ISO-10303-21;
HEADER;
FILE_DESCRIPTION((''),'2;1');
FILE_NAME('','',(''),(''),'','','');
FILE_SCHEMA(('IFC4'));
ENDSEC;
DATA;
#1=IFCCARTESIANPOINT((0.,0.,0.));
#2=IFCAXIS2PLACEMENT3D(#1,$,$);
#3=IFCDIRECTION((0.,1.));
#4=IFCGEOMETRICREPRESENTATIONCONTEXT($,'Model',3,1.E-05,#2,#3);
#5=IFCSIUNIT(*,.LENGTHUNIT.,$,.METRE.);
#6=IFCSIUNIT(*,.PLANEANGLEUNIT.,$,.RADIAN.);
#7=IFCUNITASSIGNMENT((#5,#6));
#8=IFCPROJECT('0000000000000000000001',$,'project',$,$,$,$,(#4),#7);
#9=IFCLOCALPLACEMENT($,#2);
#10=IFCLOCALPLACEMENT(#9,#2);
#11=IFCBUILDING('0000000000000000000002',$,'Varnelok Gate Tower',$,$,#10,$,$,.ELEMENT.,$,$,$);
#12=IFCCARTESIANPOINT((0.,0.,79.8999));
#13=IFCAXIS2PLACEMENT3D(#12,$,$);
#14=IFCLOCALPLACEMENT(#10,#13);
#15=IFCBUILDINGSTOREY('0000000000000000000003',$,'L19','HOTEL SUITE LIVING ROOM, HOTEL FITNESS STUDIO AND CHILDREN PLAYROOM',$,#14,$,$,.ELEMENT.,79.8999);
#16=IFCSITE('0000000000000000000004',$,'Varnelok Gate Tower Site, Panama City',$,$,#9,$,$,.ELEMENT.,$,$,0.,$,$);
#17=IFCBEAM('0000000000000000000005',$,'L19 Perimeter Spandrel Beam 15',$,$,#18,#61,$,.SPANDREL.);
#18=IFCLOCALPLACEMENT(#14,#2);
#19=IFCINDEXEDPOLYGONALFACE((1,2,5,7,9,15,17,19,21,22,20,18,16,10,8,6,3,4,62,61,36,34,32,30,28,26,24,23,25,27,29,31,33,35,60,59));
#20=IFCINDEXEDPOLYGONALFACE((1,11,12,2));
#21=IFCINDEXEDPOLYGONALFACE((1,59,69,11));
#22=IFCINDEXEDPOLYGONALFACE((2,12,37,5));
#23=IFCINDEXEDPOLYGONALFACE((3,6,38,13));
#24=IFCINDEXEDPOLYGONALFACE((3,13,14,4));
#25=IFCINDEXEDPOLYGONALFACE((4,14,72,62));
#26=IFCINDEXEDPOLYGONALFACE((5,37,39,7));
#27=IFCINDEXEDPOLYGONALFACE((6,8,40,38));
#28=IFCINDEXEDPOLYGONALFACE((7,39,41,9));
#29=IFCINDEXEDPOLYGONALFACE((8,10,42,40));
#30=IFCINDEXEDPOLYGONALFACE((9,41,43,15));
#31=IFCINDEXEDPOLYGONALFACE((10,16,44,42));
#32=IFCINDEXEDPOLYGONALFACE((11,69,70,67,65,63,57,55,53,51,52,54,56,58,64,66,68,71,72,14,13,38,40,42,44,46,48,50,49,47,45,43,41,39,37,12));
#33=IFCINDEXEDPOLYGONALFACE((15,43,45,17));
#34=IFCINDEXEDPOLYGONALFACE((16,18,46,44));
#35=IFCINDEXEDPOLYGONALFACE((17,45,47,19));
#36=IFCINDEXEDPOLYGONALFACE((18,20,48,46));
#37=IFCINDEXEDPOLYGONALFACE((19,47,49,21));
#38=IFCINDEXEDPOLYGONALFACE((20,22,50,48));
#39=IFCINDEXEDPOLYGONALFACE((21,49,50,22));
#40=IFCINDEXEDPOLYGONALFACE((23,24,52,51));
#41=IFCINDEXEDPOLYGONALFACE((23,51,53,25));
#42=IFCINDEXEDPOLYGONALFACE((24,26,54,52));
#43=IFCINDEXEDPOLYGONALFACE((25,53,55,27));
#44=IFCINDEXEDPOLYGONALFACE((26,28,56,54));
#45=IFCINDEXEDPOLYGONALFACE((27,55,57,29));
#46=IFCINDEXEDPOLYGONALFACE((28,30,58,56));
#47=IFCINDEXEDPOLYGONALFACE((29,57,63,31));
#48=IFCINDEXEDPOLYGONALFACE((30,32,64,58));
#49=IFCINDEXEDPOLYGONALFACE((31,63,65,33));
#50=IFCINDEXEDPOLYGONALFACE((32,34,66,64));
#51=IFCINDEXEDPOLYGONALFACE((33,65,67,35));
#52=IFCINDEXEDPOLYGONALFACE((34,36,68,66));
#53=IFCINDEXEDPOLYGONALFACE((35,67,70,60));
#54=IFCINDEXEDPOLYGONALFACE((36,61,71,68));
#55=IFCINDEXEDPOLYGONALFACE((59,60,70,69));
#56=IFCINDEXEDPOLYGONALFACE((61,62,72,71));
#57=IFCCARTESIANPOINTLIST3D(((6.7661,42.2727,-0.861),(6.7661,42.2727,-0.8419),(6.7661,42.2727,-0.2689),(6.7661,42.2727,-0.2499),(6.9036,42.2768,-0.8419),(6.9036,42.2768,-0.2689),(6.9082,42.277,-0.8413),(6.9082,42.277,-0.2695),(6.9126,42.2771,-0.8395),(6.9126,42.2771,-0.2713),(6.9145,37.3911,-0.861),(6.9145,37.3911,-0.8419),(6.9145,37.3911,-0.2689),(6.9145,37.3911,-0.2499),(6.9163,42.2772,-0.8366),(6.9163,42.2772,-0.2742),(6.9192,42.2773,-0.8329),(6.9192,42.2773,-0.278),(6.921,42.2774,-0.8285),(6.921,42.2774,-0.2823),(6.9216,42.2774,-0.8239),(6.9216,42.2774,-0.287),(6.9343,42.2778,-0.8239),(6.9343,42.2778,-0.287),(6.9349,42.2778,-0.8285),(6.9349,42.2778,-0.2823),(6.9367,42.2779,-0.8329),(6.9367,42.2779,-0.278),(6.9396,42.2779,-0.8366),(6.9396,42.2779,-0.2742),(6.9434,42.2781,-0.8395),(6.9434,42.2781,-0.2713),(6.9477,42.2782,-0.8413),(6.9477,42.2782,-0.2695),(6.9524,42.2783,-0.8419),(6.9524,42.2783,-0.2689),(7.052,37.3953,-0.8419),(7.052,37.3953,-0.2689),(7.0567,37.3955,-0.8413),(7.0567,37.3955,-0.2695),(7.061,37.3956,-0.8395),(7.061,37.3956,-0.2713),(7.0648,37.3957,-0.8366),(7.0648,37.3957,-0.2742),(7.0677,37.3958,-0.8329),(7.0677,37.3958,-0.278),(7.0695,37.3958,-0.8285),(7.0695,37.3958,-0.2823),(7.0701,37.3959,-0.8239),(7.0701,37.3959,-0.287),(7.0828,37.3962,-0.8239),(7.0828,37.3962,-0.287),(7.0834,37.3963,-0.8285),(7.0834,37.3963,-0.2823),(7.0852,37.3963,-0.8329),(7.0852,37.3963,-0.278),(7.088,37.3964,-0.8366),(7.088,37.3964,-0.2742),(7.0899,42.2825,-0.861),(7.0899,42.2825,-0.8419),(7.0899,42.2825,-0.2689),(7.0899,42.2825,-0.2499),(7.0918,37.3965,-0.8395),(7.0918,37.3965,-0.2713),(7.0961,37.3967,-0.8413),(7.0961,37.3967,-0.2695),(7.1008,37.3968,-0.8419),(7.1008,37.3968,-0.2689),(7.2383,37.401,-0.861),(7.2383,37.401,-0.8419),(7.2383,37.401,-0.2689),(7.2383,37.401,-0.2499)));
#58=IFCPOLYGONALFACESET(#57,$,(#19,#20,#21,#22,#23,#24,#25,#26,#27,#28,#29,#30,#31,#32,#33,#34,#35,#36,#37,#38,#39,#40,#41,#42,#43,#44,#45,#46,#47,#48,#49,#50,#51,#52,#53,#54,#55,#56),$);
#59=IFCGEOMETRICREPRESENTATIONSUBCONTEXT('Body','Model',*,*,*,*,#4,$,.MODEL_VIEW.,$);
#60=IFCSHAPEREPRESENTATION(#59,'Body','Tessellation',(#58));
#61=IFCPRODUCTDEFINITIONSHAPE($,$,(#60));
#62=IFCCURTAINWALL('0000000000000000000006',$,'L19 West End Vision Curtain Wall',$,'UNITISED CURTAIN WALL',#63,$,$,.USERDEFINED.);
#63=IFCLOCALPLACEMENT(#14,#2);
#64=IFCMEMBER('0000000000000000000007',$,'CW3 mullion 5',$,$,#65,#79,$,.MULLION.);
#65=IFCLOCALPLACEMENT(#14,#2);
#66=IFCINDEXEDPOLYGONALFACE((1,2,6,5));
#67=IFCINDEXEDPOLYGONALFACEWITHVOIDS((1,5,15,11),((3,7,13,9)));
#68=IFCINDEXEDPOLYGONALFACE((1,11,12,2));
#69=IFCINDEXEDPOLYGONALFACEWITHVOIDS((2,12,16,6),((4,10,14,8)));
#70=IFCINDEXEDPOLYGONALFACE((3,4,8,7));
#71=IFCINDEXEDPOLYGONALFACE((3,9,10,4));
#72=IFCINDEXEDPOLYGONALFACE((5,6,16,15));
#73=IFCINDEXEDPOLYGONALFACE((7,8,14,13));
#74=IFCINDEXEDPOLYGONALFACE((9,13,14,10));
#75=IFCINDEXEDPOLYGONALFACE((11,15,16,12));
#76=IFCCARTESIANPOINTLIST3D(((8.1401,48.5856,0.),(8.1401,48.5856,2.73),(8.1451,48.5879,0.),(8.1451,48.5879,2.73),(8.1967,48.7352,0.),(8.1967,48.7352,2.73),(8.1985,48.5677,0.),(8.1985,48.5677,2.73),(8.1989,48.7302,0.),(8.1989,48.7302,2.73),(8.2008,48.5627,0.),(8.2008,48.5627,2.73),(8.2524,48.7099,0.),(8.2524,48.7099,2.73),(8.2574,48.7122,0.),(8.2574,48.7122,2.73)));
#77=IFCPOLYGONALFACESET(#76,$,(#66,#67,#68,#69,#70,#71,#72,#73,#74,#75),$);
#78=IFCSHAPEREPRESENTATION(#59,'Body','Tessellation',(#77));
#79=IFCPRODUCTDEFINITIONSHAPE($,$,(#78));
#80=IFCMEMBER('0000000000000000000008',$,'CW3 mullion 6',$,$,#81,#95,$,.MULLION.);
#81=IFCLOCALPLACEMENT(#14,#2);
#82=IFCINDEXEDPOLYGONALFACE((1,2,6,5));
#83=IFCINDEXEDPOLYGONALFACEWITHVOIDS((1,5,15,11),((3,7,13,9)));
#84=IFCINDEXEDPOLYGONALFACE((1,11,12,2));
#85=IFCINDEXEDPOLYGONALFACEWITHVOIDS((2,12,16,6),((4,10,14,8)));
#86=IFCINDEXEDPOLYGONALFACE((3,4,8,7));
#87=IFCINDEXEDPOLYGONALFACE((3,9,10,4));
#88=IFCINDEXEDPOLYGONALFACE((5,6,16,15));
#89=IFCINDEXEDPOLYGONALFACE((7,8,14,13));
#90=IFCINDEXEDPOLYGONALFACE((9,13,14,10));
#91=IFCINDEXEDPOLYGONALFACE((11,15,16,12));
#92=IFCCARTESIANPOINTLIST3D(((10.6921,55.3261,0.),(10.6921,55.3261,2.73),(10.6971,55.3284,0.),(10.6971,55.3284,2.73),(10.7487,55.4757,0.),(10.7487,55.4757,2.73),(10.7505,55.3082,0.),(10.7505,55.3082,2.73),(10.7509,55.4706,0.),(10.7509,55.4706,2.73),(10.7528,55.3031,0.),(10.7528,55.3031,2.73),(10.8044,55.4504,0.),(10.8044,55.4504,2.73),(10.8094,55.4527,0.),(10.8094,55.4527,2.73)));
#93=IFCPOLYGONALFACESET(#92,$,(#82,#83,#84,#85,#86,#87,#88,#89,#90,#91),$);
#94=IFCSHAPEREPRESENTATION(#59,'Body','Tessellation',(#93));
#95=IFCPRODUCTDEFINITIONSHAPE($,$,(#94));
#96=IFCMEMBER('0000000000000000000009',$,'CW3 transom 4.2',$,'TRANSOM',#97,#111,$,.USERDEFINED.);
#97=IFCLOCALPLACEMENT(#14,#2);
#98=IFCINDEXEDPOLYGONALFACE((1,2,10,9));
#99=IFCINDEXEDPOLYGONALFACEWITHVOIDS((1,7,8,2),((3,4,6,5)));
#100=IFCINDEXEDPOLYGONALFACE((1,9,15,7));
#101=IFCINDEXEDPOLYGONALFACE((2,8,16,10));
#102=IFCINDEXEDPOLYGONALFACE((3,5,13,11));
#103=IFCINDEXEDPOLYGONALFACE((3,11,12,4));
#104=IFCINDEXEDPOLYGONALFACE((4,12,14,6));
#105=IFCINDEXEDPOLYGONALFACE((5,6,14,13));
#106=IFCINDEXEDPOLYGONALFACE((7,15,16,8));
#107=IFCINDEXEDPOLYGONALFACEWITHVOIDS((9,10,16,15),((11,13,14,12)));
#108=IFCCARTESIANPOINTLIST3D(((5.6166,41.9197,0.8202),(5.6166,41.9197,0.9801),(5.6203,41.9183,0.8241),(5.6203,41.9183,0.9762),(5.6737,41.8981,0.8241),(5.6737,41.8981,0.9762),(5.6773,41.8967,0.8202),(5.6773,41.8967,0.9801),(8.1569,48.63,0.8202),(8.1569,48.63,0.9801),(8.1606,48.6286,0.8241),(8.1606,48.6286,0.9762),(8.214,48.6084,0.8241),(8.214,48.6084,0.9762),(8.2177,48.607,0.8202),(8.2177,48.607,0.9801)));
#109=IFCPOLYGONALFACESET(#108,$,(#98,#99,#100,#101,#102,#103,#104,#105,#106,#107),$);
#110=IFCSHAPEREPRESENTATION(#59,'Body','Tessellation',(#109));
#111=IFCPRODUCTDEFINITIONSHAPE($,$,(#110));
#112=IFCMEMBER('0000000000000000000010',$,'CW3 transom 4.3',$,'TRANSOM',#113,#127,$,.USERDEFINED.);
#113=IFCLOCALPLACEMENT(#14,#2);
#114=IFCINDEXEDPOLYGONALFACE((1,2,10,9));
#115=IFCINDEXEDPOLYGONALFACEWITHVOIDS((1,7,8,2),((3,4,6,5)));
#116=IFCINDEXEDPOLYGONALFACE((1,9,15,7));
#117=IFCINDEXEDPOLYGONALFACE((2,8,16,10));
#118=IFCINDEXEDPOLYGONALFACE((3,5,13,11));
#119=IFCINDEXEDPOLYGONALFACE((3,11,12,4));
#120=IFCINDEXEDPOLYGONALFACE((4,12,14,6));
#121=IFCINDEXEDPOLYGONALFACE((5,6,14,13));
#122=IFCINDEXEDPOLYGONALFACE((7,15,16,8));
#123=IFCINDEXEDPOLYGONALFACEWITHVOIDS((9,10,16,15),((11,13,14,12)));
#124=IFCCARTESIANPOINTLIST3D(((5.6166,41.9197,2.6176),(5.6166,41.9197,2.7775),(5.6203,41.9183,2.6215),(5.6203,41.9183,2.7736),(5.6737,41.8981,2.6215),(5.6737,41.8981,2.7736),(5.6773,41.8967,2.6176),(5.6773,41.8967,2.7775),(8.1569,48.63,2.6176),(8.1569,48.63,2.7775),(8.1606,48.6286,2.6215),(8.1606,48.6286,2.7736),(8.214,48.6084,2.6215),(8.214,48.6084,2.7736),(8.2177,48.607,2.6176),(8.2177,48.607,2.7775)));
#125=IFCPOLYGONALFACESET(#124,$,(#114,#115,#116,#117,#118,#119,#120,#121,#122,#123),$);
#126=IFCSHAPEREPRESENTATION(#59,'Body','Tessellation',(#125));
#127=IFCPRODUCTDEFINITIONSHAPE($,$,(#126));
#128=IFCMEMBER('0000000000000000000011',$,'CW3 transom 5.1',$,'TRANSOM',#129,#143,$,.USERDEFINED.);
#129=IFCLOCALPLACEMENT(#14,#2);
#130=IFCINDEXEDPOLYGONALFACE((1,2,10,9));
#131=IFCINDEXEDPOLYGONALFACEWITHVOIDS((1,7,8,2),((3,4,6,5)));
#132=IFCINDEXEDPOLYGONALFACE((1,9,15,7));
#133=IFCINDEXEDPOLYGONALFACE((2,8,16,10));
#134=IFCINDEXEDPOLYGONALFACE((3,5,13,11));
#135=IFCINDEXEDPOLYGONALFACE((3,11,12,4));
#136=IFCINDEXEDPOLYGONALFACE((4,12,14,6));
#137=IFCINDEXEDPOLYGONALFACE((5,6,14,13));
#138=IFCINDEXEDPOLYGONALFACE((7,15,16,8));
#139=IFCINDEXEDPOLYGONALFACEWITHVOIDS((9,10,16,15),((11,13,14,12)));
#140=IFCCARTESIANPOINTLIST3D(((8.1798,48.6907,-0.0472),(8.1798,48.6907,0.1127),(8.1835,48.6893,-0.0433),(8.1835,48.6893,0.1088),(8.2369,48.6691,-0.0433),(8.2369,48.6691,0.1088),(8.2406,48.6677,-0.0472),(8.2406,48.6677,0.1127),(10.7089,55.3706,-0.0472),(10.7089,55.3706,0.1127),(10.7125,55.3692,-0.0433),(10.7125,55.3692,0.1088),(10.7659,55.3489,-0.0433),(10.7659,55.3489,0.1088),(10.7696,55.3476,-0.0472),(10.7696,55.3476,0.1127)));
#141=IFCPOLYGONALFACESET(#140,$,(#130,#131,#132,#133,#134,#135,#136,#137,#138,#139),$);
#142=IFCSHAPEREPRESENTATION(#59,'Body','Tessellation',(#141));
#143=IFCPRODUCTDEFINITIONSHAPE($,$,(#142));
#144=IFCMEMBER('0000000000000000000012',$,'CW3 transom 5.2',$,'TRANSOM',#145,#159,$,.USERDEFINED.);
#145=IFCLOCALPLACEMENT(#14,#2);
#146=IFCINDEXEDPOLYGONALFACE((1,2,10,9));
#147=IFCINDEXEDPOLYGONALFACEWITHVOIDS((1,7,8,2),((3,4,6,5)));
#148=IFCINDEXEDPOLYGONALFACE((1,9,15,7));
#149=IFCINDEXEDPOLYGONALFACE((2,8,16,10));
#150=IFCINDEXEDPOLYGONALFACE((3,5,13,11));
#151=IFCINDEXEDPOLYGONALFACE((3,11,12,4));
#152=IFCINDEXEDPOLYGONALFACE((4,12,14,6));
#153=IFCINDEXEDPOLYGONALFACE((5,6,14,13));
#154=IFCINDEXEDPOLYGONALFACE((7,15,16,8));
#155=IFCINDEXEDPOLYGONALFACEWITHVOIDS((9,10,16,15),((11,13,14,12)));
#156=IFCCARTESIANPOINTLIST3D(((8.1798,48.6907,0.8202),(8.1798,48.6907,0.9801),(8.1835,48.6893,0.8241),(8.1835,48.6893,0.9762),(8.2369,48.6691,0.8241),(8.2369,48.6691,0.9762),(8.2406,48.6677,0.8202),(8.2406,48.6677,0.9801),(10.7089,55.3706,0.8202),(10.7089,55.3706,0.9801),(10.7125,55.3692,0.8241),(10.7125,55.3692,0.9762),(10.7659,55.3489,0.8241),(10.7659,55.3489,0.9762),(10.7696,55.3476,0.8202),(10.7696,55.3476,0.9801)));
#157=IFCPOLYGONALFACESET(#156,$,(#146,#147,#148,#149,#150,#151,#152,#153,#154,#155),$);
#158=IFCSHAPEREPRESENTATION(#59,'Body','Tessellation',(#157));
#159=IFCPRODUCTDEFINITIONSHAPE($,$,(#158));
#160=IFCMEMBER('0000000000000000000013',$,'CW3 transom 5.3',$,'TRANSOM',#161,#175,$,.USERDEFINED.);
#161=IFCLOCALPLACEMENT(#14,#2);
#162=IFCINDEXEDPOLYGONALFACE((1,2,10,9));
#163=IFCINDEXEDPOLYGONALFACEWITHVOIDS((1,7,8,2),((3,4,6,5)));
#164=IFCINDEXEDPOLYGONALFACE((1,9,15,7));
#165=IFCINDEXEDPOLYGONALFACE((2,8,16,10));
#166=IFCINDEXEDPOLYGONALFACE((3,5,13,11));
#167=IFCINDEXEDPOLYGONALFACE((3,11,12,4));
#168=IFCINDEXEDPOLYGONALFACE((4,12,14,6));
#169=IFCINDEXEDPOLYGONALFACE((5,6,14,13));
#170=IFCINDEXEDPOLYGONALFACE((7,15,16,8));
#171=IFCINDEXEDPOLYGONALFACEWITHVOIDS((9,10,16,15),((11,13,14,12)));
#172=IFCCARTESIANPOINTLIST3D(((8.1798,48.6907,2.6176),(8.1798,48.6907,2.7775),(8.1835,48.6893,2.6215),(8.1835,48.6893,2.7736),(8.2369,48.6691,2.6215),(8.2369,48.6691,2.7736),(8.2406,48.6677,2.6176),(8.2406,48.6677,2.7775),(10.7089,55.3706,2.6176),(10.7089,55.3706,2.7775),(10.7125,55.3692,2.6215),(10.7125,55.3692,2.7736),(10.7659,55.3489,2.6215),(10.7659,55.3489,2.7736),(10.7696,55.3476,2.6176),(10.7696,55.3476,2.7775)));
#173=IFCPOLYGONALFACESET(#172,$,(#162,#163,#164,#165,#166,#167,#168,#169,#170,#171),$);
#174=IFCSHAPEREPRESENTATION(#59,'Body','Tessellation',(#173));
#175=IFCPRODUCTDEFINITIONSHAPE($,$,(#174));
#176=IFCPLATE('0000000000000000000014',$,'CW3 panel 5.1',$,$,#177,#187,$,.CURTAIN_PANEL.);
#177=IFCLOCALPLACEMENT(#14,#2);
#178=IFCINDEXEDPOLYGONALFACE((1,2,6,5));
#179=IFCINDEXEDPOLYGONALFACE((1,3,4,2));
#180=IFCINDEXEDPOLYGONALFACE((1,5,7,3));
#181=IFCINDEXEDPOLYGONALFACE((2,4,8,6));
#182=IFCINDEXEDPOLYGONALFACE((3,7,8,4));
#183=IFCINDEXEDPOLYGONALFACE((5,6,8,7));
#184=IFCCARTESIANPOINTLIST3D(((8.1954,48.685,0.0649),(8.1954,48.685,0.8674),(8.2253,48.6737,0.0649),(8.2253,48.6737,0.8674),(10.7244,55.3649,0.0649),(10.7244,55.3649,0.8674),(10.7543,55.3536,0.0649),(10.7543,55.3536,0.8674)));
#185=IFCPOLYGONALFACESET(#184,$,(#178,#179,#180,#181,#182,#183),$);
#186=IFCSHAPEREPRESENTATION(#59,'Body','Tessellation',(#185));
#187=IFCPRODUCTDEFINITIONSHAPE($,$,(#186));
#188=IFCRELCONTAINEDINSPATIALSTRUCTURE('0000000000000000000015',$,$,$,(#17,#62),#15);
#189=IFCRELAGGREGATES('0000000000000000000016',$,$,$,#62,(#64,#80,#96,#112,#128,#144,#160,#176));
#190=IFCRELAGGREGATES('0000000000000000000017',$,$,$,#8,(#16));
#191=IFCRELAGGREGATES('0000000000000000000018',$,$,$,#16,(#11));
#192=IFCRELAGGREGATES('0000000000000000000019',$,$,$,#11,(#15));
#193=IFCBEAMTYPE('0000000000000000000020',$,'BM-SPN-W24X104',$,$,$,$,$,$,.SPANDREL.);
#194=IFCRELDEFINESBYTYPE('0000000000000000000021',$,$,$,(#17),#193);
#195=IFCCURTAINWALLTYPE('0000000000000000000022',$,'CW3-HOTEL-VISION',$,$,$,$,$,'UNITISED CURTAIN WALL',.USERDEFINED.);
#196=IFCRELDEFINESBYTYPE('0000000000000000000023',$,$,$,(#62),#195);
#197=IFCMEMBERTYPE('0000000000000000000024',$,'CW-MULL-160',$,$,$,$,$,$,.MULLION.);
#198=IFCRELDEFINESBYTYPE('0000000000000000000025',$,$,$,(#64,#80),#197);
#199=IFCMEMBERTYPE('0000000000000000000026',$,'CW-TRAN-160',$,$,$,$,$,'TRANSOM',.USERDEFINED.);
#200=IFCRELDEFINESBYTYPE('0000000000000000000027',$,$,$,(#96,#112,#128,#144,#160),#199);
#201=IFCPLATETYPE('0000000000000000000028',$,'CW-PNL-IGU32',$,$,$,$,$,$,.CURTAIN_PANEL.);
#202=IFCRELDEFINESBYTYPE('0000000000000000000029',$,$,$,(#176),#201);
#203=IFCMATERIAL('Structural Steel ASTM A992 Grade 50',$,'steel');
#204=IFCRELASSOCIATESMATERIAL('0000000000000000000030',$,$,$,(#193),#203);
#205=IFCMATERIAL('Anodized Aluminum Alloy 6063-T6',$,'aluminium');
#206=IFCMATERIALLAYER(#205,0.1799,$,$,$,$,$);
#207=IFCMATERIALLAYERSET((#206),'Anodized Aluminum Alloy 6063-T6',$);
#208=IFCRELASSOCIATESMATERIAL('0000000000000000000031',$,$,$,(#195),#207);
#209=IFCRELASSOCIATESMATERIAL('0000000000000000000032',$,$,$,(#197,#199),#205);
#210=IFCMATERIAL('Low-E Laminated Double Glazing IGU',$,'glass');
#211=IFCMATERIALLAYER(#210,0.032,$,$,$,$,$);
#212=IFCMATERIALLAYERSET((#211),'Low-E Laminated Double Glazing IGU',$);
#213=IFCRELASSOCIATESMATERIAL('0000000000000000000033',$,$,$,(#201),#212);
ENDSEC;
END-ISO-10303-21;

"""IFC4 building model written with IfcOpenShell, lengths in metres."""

from ifc_helpers import new_model, si_unit, direction, frame, origin, origin_2d, place, context, subcontext, project, spatial, rectangle, hollow_rectangle, i_section, extrude, source, transform, mapped, material, layer, layer_set, material_profile, profile_set, type_object, element, aggregate, save


model = new_model("IFC4")

# Units and contexts
model_context = context("Model", 3, precision=1e-05, world=origin(), true_north=direction((0.0, 1.0)))
body_context = subcontext(model_context, "Body", "Model", "MODEL_VIEW")
ifc_project = project(units=[si_unit("LENGTHUNIT", "METRE"), si_unit("PLANEANGLEUNIT", "RADIAN")], contexts=[model_context])

# Site, building, storey
site_placement = place(None, origin())
site = spatial("IfcSite", under=ifc_project, at=site_placement, Name="Varnelok Gate Tower Site, Panama City", CompositionType="ELEMENT", RefElevation=0.0)
building_placement = place(site_placement, origin())
building = spatial("IfcBuilding", under=site, at=building_placement, Name="Varnelok Gate Tower", CompositionType="ELEMENT")
storey_placement = place(building_placement, frame((0.0, 0.0, 79.8999)))
storey = spatial("IfcBuildingStorey", under=building, at=storey_placement, Name="L19", Description="HOTEL SUITE LIVING ROOM, HOTEL FITNESS STUDIO AND CHILDREN PLAYROOM", CompositionType="ELEMENT", Elevation=79.8999)

# Shared definitions
ifc_material_1 = material(Name="Structural Steel ASTM A992 Grade 50", Category="steel")

# Beam
ifc_material_profile_1 = material_profile(ifc_material_1, i_section(OverallWidth=0.324, OverallDepth=0.6111, WebThickness=0.0127, FlangeThickness=0.019, FilletRadius=0.0181, at=origin_2d()), Name="W24X104")
ifc_profile_set_1 = profile_set([ifc_material_profile_1], Name="Structural Steel ASTM A992 Grade 50")
beam_type_1 = type_object("IfcBeamType", Name="BM-SPN-W24X104", PredefinedType="SPANDREL", material=ifc_profile_set_1)
beam_1_placement = place(storey_placement, frame((6.928, 42.2776, -0.5554), z_axis=(0.030394, -0.999538, 0.0), x_axis=(0.999538, 0.030394, 0.0)))
element("IfcBeam", 1, at=beam_1_placement, inside=storey, type_object=beam_type_1, Name="L19 Perimeter Spandrel Beam 15", PredefinedType="SPANDREL", context=body_context, shape_type="SweptSolid", body=[
    extrude(i_section(OverallWidth=0.324, OverallDepth=0.6111, WebThickness=0.0127, FlangeThickness=0.019, FilletRadius=0.0181, at=origin_2d()), origin(), (0.0, 0.0, 1.0), 4.8838),
])

# Curtain wall, members, plate
ifc_material_2 = material(Name="Anodized Aluminum Alloy 6063-T6", Category="aluminium")
ifc_layer_1 = layer(ifc_material_2, 0.1799)
ifc_layer_set_1 = layer_set([ifc_layer_1], Name="Anodized Aluminum Alloy 6063-T6")
curtain_wall_type = type_object("IfcCurtainWallType", Name="CW3-HOTEL-VISION", ElementType="UNITISED CURTAIN WALL", PredefinedType="USERDEFINED", material=ifc_layer_set_1)
curtain_wall_placement = place(storey_placement, origin())
curtain_wall = element("IfcCurtainWall", 2, at=curtain_wall_placement, inside=storey, type_object=curtain_wall_type, Name="L19 West End Vision Curtain Wall", ObjectType="UNITISED CURTAIN WALL", PredefinedType="USERDEFINED")
ifc_material_profile_2 = material_profile(ifc_material_2, hollow_rectangle(XDim=0.0649, YDim=0.1599, WallThickness=0.0039, at=origin_2d()), Name="ALU160X65X4")
ifc_profile_set_2 = profile_set([ifc_material_profile_2], Name="Anodized Aluminum Alloy 6063-T6")
member_type_1 = type_object("IfcMemberType", Name="CW-MULL-160", PredefinedType="MULLION", material=ifc_profile_set_2)
member_1_placement = place(storey_placement, frame((8.1987, 48.6489, 0.0), z_axis=(0.0, 0.0, 1.0), x_axis=(-0.935221, 0.354064, 0.0)))
member_1 = element("IfcMember", 3, at=member_1_placement, type_object=member_type_1, Name="CW3 mullion 5", PredefinedType="MULLION", context=body_context, shape_type="SweptSolid", body=[
    extrude(hollow_rectangle(XDim=0.0649, YDim=0.1599, WallThickness=0.0039, at=origin_2d()), origin(), (0.0, 0.0, 1.0), 2.73),
])
member_2_placement = place(storey_placement, frame((10.7507, 55.3894, 0.0), z_axis=(0.0, 0.0, 1.0), x_axis=(-0.935221, 0.354064, 0.0)))
member_2 = element("IfcMember", 4, at=member_2_placement, type_object=member_type_1, Name="CW3 mullion 6", PredefinedType="MULLION", context=body_context, shape_type="SweptSolid", body=[
    extrude(hollow_rectangle(XDim=0.0649, YDim=0.1599, WallThickness=0.0039, at=origin_2d()), origin(), (0.0, 0.0, 1.0), 2.73),
])
ifc_material_profile_3 = material_profile(ifc_material_2, hollow_rectangle(XDim=0.0649, YDim=0.1599, WallThickness=0.0039, at=origin_2d()), Name="ALU160X65X4")
ifc_profile_set_3 = profile_set([ifc_material_profile_3], Name="Anodized Aluminum Alloy 6063-T6")
member_type_2 = type_object("IfcMemberType", Name="CW-TRAN-160", ElementType="TRANSOM", PredefinedType="USERDEFINED", material=ifc_profile_set_3)
member_3_placement = place(storey_placement, frame((5.647, 41.9082, 0.9001), z_axis=(0.354049, 0.935227, 0.0), x_axis=(-0.935227, 0.354049, 0.0)))
member_3 = element("IfcMember", 5, at=member_3_placement, type_object=member_type_2, Name="CW3 transom 4.2", ObjectType="TRANSOM", PredefinedType="USERDEFINED", context=body_context, shape_type="SweptSolid", body=[
    extrude(hollow_rectangle(XDim=0.0649, YDim=0.1599, WallThickness=0.0039, at=origin_2d()), origin(), (0.0, 0.0, 1.0), 7.175),
])
member_4_placement = place(storey_placement, frame((5.647, 41.9082, 2.6975), z_axis=(0.354049, 0.935227, 0.0), x_axis=(-0.935227, 0.354049, 0.0)))
member_4 = element("IfcMember", 6, at=member_4_placement, type_object=member_type_2, Name="CW3 transom 4.3", ObjectType="TRANSOM", PredefinedType="USERDEFINED", context=body_context, shape_type="SweptSolid", body=[
    extrude(hollow_rectangle(XDim=0.0649, YDim=0.1599, WallThickness=0.0039, at=origin_2d()), origin(), (0.0, 0.0, 1.0), 7.175),
])
member_5_placement = place(storey_placement, frame((8.2102, 48.6792, 0.0327), z_axis=(0.354077, 0.935216, 0.0), x_axis=(-0.935216, 0.354077, 0.0)))
member_5 = element("IfcMember", 7, at=member_5_placement, type_object=member_type_2, Name="CW3 transom 5.1", ObjectType="TRANSOM", PredefinedType="USERDEFINED", context=body_context, shape_type="SweptSolid", body=[
    extrude(hollow_rectangle(XDim=0.0649, YDim=0.1599, WallThickness=0.0039, at=origin_2d()), origin(), (0.0, 0.0, 1.0), 7.1426),
])
member_6_placement = place(storey_placement, frame((8.2102, 48.6792, 0.9001), z_axis=(0.354077, 0.935216, 0.0), x_axis=(-0.935216, 0.354077, 0.0)))
member_6 = element("IfcMember", 8, at=member_6_placement, type_object=member_type_2, Name="CW3 transom 5.2", ObjectType="TRANSOM", PredefinedType="USERDEFINED", context=body_context, shape_type="SweptSolid", body=[
    extrude(hollow_rectangle(XDim=0.0649, YDim=0.1599, WallThickness=0.0039, at=origin_2d()), origin(), (0.0, 0.0, 1.0), 7.1426),
])
member_7_placement = place(storey_placement, frame((8.2102, 48.6792, 2.6975), z_axis=(0.354077, 0.935216, 0.0), x_axis=(-0.935216, 0.354077, 0.0)))
member_7 = element("IfcMember", 9, at=member_7_placement, type_object=member_type_2, Name="CW3 transom 5.3", ObjectType="TRANSOM", PredefinedType="USERDEFINED", context=body_context, shape_type="SweptSolid", body=[
    extrude(hollow_rectangle(XDim=0.0649, YDim=0.1599, WallThickness=0.0039, at=origin_2d()), origin(), (0.0, 0.0, 1.0), 7.1426),
])
ifc_material_3 = material(Name="Low-E Laminated Double Glazing IGU", Category="glass")
ifc_layer_2 = layer(ifc_material_3, 0.032)
ifc_layer_set_2 = layer_set([ifc_layer_2], Name="Low-E Laminated Double Glazing IGU")
plate_type = type_object("IfcPlateType", Name="CW-PNL-IGU32", PredefinedType="CURTAIN_PANEL", material=ifc_layer_set_2)
shared_shape_1 = source(origin(), body_context, "Body", "SweptSolid", [
    extrude(rectangle(XDim=7.1426, YDim=0.032, at=origin_2d()), origin(), (0.0, 0.0, 1.0), 0.8025),
])
plate_1_placement = place(storey_placement, frame((9.4749, 52.0193, 0.0649), z_axis=(0.0, 0.0, 1.0), x_axis=(0.354064, 0.935221, 0.0)))
plate_1 = element("IfcPlate", 10, at=plate_1_placement, type_object=plate_type, Name="CW3 panel 5.1", PredefinedType="CURTAIN_PANEL", context=body_context, shape_type="MappedRepresentation", body=[
    mapped(shared_shape_1, transform((0.0, 0.0, 0.0), scale=1.0)),
])
aggregate(curtain_wall, [member_1, member_2, member_3, member_4, member_5, member_6, member_7, plate_1])

save(model, "model.ifc")
